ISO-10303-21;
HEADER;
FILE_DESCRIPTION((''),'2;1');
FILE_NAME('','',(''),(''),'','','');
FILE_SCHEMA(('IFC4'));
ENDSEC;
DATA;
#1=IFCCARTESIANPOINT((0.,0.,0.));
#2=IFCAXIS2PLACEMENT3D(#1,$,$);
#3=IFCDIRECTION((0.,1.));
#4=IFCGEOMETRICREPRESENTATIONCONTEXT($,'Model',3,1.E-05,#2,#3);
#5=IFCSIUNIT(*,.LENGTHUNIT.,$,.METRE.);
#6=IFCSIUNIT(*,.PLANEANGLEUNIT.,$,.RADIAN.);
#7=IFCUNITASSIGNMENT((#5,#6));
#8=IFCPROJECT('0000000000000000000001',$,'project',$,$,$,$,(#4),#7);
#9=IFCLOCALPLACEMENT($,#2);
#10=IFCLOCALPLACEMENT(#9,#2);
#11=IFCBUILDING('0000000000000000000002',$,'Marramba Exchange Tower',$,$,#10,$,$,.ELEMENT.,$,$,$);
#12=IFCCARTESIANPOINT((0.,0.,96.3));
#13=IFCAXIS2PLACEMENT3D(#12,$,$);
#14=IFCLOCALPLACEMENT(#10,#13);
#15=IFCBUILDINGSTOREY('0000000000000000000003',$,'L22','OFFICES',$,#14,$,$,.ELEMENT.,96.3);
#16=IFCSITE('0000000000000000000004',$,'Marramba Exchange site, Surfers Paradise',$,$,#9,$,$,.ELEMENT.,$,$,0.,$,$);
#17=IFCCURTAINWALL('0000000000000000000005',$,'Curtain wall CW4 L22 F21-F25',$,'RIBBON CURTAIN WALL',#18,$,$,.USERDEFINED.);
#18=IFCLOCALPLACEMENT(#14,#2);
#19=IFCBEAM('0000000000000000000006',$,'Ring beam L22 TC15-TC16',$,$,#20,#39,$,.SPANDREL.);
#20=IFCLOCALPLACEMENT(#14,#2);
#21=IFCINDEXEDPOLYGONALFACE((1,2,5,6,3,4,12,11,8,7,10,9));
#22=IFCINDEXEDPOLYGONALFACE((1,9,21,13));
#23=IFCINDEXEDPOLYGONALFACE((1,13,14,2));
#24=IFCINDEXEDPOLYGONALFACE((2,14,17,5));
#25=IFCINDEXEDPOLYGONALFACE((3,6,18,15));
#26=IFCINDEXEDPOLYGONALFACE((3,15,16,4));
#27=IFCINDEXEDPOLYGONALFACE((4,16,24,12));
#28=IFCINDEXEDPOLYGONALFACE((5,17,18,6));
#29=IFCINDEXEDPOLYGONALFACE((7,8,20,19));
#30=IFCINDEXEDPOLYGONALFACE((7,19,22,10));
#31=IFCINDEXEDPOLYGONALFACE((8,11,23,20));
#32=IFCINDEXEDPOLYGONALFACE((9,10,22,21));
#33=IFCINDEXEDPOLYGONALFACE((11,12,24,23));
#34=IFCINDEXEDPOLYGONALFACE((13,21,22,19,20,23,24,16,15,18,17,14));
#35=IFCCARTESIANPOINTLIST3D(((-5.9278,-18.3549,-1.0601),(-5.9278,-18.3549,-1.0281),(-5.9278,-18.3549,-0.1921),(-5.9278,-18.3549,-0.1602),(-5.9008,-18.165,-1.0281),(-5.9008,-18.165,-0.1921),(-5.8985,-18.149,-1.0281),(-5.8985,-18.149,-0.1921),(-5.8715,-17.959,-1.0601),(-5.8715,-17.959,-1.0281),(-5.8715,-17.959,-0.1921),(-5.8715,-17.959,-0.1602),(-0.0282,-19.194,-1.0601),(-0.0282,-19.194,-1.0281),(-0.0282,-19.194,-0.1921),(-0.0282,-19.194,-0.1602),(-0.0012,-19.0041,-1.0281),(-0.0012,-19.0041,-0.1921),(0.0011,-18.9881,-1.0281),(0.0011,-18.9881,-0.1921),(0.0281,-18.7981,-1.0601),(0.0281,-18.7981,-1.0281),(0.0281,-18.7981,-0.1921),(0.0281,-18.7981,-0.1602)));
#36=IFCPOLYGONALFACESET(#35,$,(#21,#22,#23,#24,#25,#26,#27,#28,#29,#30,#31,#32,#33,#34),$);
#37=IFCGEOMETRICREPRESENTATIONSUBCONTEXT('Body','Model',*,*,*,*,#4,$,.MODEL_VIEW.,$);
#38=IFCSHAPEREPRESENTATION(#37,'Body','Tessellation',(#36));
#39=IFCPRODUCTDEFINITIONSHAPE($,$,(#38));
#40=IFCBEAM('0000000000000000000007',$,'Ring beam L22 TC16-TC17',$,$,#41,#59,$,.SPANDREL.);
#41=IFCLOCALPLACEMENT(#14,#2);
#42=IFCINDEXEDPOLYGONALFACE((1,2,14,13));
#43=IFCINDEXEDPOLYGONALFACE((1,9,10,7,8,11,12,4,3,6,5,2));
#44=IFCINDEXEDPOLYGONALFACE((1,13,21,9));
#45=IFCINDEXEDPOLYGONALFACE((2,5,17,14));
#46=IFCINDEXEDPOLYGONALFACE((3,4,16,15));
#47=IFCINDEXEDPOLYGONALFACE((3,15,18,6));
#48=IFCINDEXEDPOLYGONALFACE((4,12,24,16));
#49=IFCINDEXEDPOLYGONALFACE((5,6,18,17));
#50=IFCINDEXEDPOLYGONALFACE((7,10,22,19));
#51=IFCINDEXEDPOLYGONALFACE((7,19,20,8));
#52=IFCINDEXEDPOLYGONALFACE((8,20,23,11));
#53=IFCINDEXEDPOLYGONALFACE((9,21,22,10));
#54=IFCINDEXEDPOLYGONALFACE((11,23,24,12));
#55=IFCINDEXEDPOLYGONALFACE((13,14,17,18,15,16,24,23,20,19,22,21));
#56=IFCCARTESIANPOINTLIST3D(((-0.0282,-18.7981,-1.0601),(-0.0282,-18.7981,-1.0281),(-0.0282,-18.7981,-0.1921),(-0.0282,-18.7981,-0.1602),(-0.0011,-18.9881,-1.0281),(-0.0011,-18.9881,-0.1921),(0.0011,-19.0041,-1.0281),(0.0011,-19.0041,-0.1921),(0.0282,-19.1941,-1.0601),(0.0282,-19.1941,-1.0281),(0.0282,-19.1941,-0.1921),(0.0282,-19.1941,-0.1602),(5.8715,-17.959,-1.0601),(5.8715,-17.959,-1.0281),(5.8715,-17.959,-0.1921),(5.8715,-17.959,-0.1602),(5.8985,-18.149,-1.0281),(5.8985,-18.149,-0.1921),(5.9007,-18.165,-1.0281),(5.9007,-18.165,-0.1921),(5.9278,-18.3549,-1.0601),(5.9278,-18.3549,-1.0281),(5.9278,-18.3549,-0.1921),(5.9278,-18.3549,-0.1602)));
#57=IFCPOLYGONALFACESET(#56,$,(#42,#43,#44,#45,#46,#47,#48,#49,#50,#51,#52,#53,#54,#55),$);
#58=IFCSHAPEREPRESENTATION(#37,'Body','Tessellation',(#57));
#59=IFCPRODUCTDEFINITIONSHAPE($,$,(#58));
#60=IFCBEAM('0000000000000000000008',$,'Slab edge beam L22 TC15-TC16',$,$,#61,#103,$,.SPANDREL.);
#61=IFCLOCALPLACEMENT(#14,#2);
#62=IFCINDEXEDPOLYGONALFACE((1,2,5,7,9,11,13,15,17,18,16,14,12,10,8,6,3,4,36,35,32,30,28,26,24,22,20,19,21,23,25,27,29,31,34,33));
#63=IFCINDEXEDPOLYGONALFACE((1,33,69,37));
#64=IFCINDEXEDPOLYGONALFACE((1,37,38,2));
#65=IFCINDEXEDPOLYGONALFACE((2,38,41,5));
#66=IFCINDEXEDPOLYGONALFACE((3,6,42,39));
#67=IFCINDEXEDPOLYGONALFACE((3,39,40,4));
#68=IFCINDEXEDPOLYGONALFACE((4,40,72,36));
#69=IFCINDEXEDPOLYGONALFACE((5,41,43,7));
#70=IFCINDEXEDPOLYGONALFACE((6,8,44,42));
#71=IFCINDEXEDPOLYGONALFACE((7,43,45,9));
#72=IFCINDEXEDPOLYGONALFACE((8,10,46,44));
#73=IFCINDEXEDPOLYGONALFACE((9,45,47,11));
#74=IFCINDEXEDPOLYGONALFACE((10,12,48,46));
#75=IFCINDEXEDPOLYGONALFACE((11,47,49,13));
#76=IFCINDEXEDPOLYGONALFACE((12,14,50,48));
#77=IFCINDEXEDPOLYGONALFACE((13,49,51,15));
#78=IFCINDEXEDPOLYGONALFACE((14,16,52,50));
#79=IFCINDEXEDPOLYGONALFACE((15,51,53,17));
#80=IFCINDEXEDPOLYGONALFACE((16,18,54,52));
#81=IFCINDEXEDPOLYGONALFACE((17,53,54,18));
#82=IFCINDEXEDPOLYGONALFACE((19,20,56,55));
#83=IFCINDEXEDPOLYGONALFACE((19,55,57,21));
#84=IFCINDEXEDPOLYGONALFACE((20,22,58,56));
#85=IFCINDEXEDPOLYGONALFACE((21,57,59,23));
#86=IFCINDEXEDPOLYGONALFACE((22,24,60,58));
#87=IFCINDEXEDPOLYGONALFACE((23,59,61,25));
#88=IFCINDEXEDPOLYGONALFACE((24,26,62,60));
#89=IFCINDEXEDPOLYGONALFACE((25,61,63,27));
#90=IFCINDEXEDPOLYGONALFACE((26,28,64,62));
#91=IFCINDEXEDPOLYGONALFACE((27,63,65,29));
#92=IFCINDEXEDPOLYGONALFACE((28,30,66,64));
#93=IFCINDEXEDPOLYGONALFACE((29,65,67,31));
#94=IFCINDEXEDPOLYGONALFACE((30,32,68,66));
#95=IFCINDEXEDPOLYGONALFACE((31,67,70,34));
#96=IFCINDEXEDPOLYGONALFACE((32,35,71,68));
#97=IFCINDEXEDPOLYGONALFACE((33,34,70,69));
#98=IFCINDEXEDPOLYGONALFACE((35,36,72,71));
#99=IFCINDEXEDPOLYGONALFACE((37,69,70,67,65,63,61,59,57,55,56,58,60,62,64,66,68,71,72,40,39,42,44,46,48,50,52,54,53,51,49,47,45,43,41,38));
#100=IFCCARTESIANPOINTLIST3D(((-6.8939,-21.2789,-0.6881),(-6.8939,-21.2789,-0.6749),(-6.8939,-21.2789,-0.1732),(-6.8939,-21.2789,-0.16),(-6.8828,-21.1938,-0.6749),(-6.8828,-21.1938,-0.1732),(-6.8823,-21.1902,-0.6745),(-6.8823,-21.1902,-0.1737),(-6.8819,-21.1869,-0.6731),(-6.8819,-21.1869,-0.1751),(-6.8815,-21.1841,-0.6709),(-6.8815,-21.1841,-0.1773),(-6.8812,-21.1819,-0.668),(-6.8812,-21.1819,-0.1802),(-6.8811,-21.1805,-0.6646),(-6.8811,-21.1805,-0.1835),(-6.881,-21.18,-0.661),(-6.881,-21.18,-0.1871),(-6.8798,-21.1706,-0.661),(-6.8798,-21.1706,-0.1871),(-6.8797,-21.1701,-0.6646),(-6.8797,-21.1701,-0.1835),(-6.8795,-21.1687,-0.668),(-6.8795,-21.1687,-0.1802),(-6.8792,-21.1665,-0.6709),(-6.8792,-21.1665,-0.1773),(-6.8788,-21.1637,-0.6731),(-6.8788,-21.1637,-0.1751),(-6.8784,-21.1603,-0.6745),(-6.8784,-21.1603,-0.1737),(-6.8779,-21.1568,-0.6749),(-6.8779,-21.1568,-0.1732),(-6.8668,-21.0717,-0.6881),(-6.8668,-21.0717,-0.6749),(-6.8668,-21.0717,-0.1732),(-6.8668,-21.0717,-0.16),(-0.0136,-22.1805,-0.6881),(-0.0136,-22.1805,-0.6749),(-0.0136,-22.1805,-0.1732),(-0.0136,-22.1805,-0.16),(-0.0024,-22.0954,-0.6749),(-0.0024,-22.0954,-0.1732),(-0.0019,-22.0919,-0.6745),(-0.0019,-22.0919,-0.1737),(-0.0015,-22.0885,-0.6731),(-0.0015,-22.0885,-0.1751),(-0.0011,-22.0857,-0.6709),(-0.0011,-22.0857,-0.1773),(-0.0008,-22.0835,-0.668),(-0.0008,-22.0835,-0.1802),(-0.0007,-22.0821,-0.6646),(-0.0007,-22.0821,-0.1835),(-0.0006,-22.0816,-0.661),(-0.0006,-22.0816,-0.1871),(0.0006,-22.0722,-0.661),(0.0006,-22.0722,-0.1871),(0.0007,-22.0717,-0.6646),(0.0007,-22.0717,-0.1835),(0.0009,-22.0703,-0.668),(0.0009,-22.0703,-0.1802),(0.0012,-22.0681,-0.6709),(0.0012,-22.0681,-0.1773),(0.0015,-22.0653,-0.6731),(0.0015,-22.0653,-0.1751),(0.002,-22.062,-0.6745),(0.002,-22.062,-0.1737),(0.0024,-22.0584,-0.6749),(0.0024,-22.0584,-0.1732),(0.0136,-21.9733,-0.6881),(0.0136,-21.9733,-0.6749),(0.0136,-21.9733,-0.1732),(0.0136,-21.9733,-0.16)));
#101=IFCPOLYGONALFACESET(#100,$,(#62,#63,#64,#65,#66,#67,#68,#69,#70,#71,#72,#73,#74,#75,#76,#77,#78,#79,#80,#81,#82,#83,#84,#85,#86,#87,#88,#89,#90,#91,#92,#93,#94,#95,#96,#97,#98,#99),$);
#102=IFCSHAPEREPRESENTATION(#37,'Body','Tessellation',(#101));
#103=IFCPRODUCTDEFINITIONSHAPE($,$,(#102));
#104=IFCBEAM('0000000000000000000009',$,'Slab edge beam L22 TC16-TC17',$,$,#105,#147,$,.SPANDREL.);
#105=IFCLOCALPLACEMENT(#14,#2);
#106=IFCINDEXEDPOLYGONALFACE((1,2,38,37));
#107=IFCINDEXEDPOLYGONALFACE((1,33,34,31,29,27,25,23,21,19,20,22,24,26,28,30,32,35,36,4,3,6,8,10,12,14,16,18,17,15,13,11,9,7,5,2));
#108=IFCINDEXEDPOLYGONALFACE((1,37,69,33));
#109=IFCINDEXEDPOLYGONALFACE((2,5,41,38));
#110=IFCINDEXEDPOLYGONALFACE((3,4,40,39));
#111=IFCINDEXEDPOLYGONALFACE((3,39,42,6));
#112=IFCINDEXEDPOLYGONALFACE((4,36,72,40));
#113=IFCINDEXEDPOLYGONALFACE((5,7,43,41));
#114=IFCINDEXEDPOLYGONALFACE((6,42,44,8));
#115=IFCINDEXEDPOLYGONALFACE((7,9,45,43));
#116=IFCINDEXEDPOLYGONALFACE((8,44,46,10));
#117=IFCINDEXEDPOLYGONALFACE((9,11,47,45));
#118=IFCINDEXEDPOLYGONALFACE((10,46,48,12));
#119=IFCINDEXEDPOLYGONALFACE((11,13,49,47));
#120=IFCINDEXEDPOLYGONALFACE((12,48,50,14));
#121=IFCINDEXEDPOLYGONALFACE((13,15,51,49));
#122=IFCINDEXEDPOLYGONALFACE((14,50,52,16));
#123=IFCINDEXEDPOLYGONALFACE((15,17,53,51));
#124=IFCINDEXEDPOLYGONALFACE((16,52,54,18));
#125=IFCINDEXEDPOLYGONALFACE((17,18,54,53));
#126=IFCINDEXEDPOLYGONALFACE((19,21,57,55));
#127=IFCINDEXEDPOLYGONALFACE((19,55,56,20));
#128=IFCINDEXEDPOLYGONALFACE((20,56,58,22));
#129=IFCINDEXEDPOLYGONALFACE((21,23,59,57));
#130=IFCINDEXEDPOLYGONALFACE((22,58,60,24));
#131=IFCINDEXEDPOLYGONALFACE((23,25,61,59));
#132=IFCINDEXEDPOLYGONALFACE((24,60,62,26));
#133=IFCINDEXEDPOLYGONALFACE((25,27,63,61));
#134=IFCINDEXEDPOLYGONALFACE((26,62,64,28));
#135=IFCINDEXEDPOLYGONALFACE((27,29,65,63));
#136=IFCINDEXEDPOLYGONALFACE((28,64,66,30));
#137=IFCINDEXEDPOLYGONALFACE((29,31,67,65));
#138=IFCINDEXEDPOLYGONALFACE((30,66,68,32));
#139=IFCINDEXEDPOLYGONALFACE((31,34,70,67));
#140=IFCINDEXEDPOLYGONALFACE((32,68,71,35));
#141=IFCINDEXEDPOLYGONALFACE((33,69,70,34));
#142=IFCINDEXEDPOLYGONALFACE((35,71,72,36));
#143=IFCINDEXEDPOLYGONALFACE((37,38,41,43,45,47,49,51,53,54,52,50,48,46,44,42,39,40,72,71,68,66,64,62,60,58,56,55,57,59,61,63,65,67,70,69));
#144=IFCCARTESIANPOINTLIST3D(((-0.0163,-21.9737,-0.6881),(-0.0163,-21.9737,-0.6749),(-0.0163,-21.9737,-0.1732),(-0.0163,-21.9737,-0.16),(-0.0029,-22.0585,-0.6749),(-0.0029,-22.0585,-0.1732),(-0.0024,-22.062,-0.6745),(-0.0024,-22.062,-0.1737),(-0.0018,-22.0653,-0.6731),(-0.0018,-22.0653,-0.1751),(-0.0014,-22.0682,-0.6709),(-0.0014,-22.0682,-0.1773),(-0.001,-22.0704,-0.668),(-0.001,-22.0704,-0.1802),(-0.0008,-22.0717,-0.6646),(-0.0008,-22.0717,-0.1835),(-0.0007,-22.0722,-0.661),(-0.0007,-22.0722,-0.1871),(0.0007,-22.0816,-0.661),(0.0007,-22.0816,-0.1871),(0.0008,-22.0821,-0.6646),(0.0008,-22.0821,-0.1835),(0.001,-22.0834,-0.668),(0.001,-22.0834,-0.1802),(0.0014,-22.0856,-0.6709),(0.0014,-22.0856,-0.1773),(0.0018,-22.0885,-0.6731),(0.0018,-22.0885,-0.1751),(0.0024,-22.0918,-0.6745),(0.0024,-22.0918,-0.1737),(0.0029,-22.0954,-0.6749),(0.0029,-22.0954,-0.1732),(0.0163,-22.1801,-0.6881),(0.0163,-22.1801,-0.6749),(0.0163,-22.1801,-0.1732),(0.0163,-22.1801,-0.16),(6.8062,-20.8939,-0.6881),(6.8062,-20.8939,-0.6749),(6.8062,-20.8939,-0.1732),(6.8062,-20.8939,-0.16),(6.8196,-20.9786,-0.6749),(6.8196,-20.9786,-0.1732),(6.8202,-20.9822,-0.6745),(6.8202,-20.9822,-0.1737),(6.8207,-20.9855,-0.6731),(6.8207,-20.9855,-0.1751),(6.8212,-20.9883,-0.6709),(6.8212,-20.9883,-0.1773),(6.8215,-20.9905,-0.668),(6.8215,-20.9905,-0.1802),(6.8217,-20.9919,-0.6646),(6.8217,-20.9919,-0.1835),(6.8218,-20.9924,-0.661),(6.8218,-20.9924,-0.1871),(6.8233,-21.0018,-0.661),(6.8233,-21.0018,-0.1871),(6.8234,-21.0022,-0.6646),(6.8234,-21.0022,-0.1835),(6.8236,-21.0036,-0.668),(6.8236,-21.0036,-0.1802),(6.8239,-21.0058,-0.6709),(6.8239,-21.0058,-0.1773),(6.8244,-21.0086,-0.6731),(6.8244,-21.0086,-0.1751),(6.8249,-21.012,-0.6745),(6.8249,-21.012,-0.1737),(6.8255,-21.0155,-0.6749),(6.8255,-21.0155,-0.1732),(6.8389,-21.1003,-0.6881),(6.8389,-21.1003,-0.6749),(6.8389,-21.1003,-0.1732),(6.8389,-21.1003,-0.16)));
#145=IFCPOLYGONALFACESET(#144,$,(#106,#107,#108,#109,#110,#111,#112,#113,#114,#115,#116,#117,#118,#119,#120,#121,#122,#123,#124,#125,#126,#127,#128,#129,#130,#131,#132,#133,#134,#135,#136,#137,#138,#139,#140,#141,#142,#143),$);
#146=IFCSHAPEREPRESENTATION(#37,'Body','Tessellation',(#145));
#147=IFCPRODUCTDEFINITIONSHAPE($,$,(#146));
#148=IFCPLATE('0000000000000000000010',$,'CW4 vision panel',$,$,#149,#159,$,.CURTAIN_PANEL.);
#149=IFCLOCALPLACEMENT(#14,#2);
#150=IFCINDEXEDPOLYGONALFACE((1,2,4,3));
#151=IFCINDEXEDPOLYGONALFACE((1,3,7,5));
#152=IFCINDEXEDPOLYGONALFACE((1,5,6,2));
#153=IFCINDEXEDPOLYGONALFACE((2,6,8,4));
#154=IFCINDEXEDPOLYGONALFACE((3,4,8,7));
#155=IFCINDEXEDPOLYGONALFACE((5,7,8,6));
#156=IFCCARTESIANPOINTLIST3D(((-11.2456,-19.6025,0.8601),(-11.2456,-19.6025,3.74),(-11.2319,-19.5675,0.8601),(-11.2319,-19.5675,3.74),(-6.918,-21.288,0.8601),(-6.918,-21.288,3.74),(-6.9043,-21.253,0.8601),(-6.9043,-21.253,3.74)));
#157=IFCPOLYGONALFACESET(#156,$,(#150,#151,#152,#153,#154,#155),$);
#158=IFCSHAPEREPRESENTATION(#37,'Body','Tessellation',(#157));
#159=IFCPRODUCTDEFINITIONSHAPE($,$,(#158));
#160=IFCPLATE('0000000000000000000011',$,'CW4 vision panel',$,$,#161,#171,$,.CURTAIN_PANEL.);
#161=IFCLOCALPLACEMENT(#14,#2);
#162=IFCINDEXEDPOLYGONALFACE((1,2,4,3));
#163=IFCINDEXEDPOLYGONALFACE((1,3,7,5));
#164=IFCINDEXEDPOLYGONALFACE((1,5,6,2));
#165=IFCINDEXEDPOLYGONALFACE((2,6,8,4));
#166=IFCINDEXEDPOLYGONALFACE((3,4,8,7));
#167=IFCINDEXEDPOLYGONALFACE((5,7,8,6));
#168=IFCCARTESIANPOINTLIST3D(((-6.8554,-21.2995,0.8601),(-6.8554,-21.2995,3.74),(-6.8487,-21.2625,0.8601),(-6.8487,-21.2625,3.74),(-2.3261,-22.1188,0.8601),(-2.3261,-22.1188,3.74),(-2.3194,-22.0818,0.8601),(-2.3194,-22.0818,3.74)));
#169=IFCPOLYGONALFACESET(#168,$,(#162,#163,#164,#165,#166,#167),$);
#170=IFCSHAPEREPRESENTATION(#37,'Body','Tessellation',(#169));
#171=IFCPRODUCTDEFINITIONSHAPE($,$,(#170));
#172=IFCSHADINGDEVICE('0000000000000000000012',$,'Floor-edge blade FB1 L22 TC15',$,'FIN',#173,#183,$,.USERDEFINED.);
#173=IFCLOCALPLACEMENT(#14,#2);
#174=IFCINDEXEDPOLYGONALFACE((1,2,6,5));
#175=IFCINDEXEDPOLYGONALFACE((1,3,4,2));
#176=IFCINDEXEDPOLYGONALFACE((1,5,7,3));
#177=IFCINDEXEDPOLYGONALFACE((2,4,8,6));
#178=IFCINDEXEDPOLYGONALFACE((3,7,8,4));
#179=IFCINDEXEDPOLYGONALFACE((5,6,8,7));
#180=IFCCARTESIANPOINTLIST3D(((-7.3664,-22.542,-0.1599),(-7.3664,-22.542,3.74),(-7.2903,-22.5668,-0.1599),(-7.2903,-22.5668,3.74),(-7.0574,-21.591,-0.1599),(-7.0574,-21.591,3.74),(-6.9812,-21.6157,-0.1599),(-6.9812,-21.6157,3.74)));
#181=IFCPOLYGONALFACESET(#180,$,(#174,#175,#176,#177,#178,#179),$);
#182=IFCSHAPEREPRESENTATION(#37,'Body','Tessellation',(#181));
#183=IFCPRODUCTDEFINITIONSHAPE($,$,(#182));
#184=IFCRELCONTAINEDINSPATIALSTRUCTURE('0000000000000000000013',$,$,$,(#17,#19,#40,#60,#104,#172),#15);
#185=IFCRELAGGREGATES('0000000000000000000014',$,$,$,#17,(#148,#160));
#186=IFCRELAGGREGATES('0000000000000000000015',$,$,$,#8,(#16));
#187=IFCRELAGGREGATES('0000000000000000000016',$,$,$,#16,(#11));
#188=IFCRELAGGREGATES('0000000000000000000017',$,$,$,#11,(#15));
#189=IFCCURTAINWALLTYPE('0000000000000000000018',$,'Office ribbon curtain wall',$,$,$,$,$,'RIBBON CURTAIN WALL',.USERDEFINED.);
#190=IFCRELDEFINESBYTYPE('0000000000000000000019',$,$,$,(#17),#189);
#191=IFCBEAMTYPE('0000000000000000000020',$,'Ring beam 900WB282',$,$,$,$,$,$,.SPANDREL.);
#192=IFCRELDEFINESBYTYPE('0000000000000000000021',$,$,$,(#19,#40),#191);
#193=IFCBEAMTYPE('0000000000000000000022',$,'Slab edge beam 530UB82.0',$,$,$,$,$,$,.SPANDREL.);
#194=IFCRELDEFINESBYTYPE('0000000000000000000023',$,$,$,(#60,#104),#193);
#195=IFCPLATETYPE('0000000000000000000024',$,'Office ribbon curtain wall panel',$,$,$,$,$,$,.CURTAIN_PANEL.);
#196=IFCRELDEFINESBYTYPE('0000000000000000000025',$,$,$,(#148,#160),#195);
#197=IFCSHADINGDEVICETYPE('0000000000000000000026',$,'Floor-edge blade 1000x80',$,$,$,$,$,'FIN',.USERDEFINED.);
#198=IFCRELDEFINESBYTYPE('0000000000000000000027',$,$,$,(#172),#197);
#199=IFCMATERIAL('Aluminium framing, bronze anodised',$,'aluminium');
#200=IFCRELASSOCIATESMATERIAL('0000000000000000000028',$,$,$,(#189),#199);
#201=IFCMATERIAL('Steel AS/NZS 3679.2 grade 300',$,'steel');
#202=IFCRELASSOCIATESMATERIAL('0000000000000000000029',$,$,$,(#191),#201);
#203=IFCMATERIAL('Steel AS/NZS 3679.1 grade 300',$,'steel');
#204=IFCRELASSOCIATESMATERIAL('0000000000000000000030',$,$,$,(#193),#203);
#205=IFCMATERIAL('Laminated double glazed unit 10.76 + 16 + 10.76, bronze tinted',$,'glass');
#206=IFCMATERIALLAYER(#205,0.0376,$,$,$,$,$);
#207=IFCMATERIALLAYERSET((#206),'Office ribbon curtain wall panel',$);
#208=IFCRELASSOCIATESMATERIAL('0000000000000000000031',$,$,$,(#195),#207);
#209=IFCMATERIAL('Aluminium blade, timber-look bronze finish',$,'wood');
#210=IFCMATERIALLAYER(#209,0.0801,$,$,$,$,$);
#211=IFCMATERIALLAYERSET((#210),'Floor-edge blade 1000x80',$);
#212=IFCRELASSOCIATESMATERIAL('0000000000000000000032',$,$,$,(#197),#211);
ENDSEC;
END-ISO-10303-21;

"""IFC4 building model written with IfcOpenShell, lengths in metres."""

from ifc_helpers import new_model, si_unit, direction, frame, origin, origin_2d, place, context, subcontext, project, spatial, rectangle, i_section, extrude, material, layer, layer_set, material_profile, profile_set, type_object, element, aggregate, save


model = new_model("IFC4")

# Units and contexts
model_context = context("Model", 3, precision=1e-05, world=origin(), true_north=direction((0.0, 1.0)))
body_context = subcontext(model_context, "Body", "Model", "MODEL_VIEW")
ifc_project = project(units=[si_unit("LENGTHUNIT", "METRE"), si_unit("PLANEANGLEUNIT", "RADIAN")], contexts=[model_context])

# Site, building, storey
site_placement = place(None, origin())
site = spatial("IfcSite", under=ifc_project, at=site_placement, Name="Marramba Exchange site, Surfers Paradise", CompositionType="ELEMENT", RefElevation=0.0)
building_placement = place(site_placement, origin())
building = spatial("IfcBuilding", under=site, at=building_placement, Name="Marramba Exchange Tower", CompositionType="ELEMENT")
storey_placement = place(building_placement, frame((0.0, 0.0, 96.3)))
storey = spatial("IfcBuildingStorey", under=building, at=storey_placement, Name="L22", Description="OFFICES", CompositionType="ELEMENT", Elevation=96.3)

# Shared definitions
ifc_material_1 = material(Name="Steel AS/NZS 3679.2 grade 300", Category="steel")

# Curtain wall
ifc_material_2 = material(Name="Aluminium framing, bronze anodised", Category="aluminium")
curtain_wall_type = type_object("IfcCurtainWallType", Name="Office ribbon curtain wall", ElementType="RIBBON CURTAIN WALL", PredefinedType="USERDEFINED", material=ifc_material_2)
curtain_wall_placement = place(storey_placement, origin())
curtain_wall = element("IfcCurtainWall", 1, at=curtain_wall_placement, inside=storey, type_object=curtain_wall_type, Name="Curtain wall CW4 L22 F21-F25", ObjectType="RIBBON CURTAIN WALL", PredefinedType="USERDEFINED")

# Beams
ifc_material_profile_1 = material_profile(ifc_material_1, i_section(OverallWidth=0.3999, OverallDepth=0.8999, WebThickness=0.0161, FlangeThickness=0.032, at=origin_2d()), Name="900WB282")
ifc_profile_set_1 = profile_set([ifc_material_profile_1], Name="Steel AS/NZS 3679.2 grade 300")
beam_type_1 = type_object("IfcBeamType", Name="Ring beam 900WB282", PredefinedType="SPANDREL", material=ifc_profile_set_1)
for number, where, z_axis, x_axis, name in (
    (2, (-5.8997, -18.157, -0.6101), (0.990036, -0.140813, 0.0), (0.140813, 0.990036, 0.0), "Ring beam L22 TC15-TC16"),
    (3, (0.0, -18.9961, -0.6101), (0.990036, 0.140813, 0.0), (-0.140813, 0.990036, 0.0), "Ring beam L22 TC16-TC17"),
):
    element("IfcBeam", number, at=place(storey_placement, frame(where, z_axis=z_axis, x_axis=x_axis)), inside=storey, type_object=beam_type_1, Name=name, PredefinedType="SPANDREL", context=body_context, shape_type="SweptSolid", body=[
        extrude(i_section(OverallWidth=0.3999, OverallDepth=0.8999, WebThickness=0.0161, FlangeThickness=0.032, at=origin_2d()), origin(), (0.0, 0.0, 1.0), 5.959),
    ])
ifc_material_3 = material(Name="Steel AS/NZS 3679.1 grade 300", Category="steel")
ifc_material_profile_2 = material_profile(ifc_material_3, i_section(OverallWidth=0.209, OverallDepth=0.5281, WebThickness=0.0095, FlangeThickness=0.0132, FilletRadius=0.0139, at=origin_2d()), Name="530UB82.0")
ifc_profile_set_2 = profile_set([ifc_material_profile_2], Name="Steel AS/NZS 3679.1 grade 300")
beam_type_2 = type_object("IfcBeamType", Name="Slab edge beam 530UB82.0", PredefinedType="SPANDREL", material=ifc_profile_set_2)
beam_1_placement = place(storey_placement, frame((-6.8804, -21.1753, -0.4241), z_axis=(0.991523, -0.12993, 0.0), x_axis=(0.12993, 0.991523, 0.0)))
element("IfcBeam", 4, at=beam_1_placement, inside=storey, type_object=beam_type_2, Name="Slab edge beam L22 TC15-TC16", PredefinedType="SPANDREL", context=body_context, shape_type="SweptSolid", body=[
    extrude(i_section(OverallWidth=0.209, OverallDepth=0.5281, WebThickness=0.0095, FlangeThickness=0.0132, FilletRadius=0.0139, at=origin_2d()), origin(), (0.0, 0.0, 1.0), 6.9392),
])
beam_2_placement = place(storey_placement, frame((0.0, -22.0769, -0.4241), z_axis=(0.987705, 0.156329, 0.0), x_axis=(-0.156329, 0.987705, 0.0)))
element("IfcBeam", 5, at=beam_2_placement, inside=storey, type_object=beam_type_2, Name="Slab edge beam L22 TC16-TC17", PredefinedType="SPANDREL", context=body_context, shape_type="SweptSolid", body=[
    extrude(i_section(OverallWidth=0.209, OverallDepth=0.5281, WebThickness=0.0095, FlangeThickness=0.0132, FilletRadius=0.0139, at=origin_2d()), origin(), (0.0, 0.0, 1.0), 6.9075),
])

# Plates
ifc_material_4 = material(Name="Laminated double glazed unit 10.76 + 16 + 10.76, bronze tinted", Category="glass")
ifc_layer_1 = layer(ifc_material_4, 0.0376)
ifc_layer_set_1 = layer_set([ifc_layer_1], Name="Office ribbon curtain wall panel")
plate_type = type_object("IfcPlateType", Name="Office ribbon curtain wall panel", PredefinedType="CURTAIN_PANEL", material=ifc_layer_set_1)
plate_1_placement = place(storey_placement, frame((-9.075, -20.4277, 0.8601), z_axis=(0.0, 0.0, 1.0), x_axis=(0.931818, -0.362925, 0.0)))
plate_1 = element("IfcPlate", 6, at=plate_1_placement, type_object=plate_type, Name="CW4 vision panel", PredefinedType="CURTAIN_PANEL", context=body_context, shape_type="SweptSolid", body=[
    extrude(rectangle(XDim=4.6443, YDim=0.0376, at=origin_2d()), origin(), (0.0, 0.0, 1.0), 2.8799),
])
plate_2_placement = place(storey_placement, frame((-4.5874, -21.6907, 0.8601), z_axis=(0.0, 0.0, 1.0), x_axis=(0.984032, -0.177992, 0.0)))
plate_2 = element("IfcPlate", 7, at=plate_2_placement, type_object=plate_type, Name="CW4 vision panel", PredefinedType="CURTAIN_PANEL", context=body_context, shape_type="SweptSolid", body=[
    extrude(rectangle(XDim=4.6028, YDim=0.0376, at=origin_2d()), origin(), (0.0, 0.0, 1.0), 2.8799),
])
aggregate(curtain_wall, [plate_1, plate_2])

# Shading device
ifc_material_5 = material(Name="Aluminium blade, timber-look bronze finish", Category="wood")
ifc_layer_2 = layer(ifc_material_5, 0.0801)
ifc_layer_set_2 = layer_set([ifc_layer_2], Name="Floor-edge blade 1000x80")
shading_device_type_1 = type_object("IfcShadingDeviceType", Name="Floor-edge blade 1000x80", ElementType="FIN", PredefinedType="USERDEFINED", material=ifc_layer_set_2)
shading_device_1_placement = place(storey_placement, frame((-7.1738, -22.0789, -0.1599), z_axis=(0.0, 0.0, 1.0), x_axis=(-0.309017, -0.951057, 0.0)))
element("IfcShadingDevice", 8, at=shading_device_1_placement, inside=storey, type_object=shading_device_type_1, Name="Floor-edge blade FB1 L22 TC15", ObjectType="FIN", PredefinedType="USERDEFINED", context=body_context, shape_type="SweptSolid", body=[
    extrude(rectangle(XDim=1.0, YDim=0.0801, at=origin_2d()), origin(), (0.0, 0.0, 1.0), 3.8999),
])

save(model, "model.ifc")
